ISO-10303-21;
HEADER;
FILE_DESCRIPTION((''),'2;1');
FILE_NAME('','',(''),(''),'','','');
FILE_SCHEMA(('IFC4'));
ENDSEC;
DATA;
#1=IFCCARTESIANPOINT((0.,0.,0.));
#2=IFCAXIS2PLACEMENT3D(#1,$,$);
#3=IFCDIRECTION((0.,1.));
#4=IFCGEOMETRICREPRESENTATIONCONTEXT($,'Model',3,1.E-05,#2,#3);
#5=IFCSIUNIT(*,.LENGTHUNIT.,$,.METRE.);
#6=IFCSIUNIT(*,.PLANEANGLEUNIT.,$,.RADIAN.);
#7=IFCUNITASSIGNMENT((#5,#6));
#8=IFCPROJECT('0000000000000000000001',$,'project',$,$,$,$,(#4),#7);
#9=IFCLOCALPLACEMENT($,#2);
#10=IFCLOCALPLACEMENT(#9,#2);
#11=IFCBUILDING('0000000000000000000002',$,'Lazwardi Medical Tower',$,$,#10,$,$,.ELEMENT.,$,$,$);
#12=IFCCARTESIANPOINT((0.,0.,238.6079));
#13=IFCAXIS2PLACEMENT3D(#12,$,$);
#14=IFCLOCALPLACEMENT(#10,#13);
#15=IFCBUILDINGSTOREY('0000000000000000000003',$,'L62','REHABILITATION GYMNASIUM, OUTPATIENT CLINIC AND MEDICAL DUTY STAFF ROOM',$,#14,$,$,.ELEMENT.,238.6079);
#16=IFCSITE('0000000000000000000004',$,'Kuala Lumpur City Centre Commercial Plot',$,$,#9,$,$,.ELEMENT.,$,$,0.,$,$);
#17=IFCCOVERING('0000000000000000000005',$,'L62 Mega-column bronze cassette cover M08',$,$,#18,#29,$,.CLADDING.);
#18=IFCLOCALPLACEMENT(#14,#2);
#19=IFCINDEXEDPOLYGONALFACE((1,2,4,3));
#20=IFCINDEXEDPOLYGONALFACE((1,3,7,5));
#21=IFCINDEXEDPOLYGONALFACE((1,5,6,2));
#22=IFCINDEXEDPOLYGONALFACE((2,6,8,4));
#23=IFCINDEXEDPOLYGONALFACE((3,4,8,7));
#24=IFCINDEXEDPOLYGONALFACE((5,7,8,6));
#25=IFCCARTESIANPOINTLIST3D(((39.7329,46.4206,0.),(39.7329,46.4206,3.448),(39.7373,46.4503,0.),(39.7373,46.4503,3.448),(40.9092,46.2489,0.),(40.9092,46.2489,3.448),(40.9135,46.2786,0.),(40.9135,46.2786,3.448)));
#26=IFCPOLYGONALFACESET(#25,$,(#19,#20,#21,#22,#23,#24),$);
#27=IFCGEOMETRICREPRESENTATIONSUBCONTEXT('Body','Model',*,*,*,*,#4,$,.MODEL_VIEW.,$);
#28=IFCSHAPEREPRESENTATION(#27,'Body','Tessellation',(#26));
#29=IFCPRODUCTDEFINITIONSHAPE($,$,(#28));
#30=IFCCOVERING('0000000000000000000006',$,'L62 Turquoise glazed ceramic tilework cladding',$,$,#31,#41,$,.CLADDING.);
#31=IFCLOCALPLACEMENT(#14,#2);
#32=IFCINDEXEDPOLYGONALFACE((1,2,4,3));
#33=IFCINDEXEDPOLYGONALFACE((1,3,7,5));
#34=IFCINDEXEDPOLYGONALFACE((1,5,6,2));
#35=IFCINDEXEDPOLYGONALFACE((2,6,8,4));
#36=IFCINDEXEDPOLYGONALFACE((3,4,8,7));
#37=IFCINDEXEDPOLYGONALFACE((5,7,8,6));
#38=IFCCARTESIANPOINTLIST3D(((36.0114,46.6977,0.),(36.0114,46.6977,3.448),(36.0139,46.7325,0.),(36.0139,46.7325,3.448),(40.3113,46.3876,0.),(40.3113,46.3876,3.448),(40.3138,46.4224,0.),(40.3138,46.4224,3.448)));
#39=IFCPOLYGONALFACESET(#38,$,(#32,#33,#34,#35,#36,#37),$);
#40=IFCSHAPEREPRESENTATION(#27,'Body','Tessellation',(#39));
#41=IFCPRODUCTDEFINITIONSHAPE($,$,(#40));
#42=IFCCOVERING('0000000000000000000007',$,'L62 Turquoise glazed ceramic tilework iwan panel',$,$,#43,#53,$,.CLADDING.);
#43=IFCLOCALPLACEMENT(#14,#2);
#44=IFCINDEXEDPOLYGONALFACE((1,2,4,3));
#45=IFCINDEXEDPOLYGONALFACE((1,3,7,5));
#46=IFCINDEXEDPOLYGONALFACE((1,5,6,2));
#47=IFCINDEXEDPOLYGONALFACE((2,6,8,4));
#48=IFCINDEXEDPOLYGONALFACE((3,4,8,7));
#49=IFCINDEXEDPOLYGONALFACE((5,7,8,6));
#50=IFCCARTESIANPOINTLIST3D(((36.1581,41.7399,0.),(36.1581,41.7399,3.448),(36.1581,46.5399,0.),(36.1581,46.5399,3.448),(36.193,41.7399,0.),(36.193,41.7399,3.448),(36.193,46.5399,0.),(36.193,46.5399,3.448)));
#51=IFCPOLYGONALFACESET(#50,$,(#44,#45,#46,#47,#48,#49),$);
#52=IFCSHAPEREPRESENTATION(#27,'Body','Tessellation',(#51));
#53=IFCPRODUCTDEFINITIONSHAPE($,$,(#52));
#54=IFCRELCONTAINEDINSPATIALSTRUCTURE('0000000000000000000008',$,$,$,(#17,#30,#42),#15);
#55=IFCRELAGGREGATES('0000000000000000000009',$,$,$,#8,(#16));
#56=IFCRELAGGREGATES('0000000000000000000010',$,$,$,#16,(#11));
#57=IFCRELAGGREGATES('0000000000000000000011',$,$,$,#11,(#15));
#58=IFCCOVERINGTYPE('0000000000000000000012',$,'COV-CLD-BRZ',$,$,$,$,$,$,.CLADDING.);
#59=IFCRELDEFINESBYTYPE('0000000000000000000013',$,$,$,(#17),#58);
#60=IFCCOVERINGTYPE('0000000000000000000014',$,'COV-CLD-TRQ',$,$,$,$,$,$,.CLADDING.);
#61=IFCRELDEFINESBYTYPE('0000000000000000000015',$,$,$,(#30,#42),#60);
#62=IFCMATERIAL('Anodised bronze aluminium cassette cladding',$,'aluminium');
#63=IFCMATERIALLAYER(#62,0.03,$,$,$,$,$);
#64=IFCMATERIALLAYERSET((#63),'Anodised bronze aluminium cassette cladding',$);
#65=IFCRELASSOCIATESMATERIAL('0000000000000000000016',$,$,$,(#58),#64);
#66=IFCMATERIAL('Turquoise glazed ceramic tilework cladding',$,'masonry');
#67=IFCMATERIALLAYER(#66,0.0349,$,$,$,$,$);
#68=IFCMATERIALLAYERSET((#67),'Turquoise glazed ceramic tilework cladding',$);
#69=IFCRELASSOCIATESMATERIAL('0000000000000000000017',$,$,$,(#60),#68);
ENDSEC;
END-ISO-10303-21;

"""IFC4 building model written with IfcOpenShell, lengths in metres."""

from ifc_helpers import new_model, si_unit, direction, frame, origin, origin_2d, place, context, subcontext, project, spatial, rectangle, extrude, material, layer, layer_set, type_object, element, save


model = new_model("IFC4")

# Units and contexts
model_context = context("Model", 3, precision=1e-05, world=origin(), true_north=direction((0.0, 1.0)))
body_context = subcontext(model_context, "Body", "Model", "MODEL_VIEW")
ifc_project = project(units=[si_unit("LENGTHUNIT", "METRE"), si_unit("PLANEANGLEUNIT", "RADIAN")], contexts=[model_context])

# Site, building, storey
site_placement = place(None, origin())
site = spatial("IfcSite", under=ifc_project, at=site_placement, Name="Kuala Lumpur City Centre Commercial Plot", CompositionType="ELEMENT", RefElevation=0.0)
building_placement = place(site_placement, origin())
building = spatial("IfcBuilding", under=site, at=building_placement, Name="Lazwardi Medical Tower", CompositionType="ELEMENT")
storey_placement = place(building_placement, frame((0.0, 0.0, 238.6079)))
storey = spatial("IfcBuildingStorey", under=building, at=storey_placement, Name="L62", Description="REHABILITATION GYMNASIUM, OUTPATIENT CLINIC AND MEDICAL DUTY STAFF ROOM", CompositionType="ELEMENT", Elevation=238.6079)

# Coverings
ifc_material_1 = material(Name="Anodised bronze aluminium cassette cladding", Category="aluminium")
ifc_layer_1 = layer(ifc_material_1, 0.03)
ifc_layer_set_1 = layer_set([ifc_layer_1], Name="Anodised bronze aluminium cassette cladding")
covering_type_1 = type_object("IfcCoveringType", Name="COV-CLD-BRZ", PredefinedType="CLADDING", material=ifc_layer_set_1)
covering_1_placement = place(storey_placement, frame((40.3232, 46.3496, 0.0), z_axis=(0.0, 0.0, 1.0), x_axis=(-0.989512, 0.144448, 0.0)))
element("IfcCovering", 1, at=covering_1_placement, inside=storey, type_object=covering_type_1, Name="L62 Mega-column bronze cassette cover M08", PredefinedType="CLADDING", context=body_context, shape_type="SweptSolid", body=[
    extrude(rectangle(XDim=1.1887, YDim=0.03, at=origin_2d()), origin(), (0.0, 0.0, 1.0), 3.448),
])
ifc_material_2 = material(Name="Turquoise glazed ceramic tilework cladding", Category="masonry")
ifc_layer_2 = layer(ifc_material_2, 0.0349)
ifc_layer_set_2 = layer_set([ifc_layer_2], Name="Turquoise glazed ceramic tilework cladding")
covering_type_2 = type_object("IfcCoveringType", Name="COV-CLD-TRQ", PredefinedType="CLADDING", material=ifc_layer_set_2)
covering_2_placement = place(storey_placement, frame((38.1626, 46.5601, 0.0), z_axis=(0.0, 0.0, 1.0), x_axis=(-0.997409, 0.071933, 0.0)))
element("IfcCovering", 2, at=covering_2_placement, inside=storey, type_object=covering_type_2, Name="L62 Turquoise glazed ceramic tilework cladding", PredefinedType="CLADDING", context=body_context, shape_type="SweptSolid", body=[
    extrude(rectangle(XDim=4.311, YDim=0.0349, at=origin_2d()), origin(), (0.0, 0.0, 1.0), 3.448),
])
covering_3_placement = place(storey_placement, frame((36.1755, 44.1399, 0.0), z_axis=(0.0, 0.0, 1.0), x_axis=(0.0, -1.0, 0.0)))
element("IfcCovering", 3, at=covering_3_placement, inside=storey, type_object=covering_type_2, Name="L62 Turquoise glazed ceramic tilework iwan panel", PredefinedType="CLADDING", context=body_context, shape_type="SweptSolid", body=[
    extrude(rectangle(XDim=4.8, YDim=0.0349, at=origin_2d()), origin(), (0.0, 0.0, 1.0), 3.448),
])

save(model, "model.ifc")
